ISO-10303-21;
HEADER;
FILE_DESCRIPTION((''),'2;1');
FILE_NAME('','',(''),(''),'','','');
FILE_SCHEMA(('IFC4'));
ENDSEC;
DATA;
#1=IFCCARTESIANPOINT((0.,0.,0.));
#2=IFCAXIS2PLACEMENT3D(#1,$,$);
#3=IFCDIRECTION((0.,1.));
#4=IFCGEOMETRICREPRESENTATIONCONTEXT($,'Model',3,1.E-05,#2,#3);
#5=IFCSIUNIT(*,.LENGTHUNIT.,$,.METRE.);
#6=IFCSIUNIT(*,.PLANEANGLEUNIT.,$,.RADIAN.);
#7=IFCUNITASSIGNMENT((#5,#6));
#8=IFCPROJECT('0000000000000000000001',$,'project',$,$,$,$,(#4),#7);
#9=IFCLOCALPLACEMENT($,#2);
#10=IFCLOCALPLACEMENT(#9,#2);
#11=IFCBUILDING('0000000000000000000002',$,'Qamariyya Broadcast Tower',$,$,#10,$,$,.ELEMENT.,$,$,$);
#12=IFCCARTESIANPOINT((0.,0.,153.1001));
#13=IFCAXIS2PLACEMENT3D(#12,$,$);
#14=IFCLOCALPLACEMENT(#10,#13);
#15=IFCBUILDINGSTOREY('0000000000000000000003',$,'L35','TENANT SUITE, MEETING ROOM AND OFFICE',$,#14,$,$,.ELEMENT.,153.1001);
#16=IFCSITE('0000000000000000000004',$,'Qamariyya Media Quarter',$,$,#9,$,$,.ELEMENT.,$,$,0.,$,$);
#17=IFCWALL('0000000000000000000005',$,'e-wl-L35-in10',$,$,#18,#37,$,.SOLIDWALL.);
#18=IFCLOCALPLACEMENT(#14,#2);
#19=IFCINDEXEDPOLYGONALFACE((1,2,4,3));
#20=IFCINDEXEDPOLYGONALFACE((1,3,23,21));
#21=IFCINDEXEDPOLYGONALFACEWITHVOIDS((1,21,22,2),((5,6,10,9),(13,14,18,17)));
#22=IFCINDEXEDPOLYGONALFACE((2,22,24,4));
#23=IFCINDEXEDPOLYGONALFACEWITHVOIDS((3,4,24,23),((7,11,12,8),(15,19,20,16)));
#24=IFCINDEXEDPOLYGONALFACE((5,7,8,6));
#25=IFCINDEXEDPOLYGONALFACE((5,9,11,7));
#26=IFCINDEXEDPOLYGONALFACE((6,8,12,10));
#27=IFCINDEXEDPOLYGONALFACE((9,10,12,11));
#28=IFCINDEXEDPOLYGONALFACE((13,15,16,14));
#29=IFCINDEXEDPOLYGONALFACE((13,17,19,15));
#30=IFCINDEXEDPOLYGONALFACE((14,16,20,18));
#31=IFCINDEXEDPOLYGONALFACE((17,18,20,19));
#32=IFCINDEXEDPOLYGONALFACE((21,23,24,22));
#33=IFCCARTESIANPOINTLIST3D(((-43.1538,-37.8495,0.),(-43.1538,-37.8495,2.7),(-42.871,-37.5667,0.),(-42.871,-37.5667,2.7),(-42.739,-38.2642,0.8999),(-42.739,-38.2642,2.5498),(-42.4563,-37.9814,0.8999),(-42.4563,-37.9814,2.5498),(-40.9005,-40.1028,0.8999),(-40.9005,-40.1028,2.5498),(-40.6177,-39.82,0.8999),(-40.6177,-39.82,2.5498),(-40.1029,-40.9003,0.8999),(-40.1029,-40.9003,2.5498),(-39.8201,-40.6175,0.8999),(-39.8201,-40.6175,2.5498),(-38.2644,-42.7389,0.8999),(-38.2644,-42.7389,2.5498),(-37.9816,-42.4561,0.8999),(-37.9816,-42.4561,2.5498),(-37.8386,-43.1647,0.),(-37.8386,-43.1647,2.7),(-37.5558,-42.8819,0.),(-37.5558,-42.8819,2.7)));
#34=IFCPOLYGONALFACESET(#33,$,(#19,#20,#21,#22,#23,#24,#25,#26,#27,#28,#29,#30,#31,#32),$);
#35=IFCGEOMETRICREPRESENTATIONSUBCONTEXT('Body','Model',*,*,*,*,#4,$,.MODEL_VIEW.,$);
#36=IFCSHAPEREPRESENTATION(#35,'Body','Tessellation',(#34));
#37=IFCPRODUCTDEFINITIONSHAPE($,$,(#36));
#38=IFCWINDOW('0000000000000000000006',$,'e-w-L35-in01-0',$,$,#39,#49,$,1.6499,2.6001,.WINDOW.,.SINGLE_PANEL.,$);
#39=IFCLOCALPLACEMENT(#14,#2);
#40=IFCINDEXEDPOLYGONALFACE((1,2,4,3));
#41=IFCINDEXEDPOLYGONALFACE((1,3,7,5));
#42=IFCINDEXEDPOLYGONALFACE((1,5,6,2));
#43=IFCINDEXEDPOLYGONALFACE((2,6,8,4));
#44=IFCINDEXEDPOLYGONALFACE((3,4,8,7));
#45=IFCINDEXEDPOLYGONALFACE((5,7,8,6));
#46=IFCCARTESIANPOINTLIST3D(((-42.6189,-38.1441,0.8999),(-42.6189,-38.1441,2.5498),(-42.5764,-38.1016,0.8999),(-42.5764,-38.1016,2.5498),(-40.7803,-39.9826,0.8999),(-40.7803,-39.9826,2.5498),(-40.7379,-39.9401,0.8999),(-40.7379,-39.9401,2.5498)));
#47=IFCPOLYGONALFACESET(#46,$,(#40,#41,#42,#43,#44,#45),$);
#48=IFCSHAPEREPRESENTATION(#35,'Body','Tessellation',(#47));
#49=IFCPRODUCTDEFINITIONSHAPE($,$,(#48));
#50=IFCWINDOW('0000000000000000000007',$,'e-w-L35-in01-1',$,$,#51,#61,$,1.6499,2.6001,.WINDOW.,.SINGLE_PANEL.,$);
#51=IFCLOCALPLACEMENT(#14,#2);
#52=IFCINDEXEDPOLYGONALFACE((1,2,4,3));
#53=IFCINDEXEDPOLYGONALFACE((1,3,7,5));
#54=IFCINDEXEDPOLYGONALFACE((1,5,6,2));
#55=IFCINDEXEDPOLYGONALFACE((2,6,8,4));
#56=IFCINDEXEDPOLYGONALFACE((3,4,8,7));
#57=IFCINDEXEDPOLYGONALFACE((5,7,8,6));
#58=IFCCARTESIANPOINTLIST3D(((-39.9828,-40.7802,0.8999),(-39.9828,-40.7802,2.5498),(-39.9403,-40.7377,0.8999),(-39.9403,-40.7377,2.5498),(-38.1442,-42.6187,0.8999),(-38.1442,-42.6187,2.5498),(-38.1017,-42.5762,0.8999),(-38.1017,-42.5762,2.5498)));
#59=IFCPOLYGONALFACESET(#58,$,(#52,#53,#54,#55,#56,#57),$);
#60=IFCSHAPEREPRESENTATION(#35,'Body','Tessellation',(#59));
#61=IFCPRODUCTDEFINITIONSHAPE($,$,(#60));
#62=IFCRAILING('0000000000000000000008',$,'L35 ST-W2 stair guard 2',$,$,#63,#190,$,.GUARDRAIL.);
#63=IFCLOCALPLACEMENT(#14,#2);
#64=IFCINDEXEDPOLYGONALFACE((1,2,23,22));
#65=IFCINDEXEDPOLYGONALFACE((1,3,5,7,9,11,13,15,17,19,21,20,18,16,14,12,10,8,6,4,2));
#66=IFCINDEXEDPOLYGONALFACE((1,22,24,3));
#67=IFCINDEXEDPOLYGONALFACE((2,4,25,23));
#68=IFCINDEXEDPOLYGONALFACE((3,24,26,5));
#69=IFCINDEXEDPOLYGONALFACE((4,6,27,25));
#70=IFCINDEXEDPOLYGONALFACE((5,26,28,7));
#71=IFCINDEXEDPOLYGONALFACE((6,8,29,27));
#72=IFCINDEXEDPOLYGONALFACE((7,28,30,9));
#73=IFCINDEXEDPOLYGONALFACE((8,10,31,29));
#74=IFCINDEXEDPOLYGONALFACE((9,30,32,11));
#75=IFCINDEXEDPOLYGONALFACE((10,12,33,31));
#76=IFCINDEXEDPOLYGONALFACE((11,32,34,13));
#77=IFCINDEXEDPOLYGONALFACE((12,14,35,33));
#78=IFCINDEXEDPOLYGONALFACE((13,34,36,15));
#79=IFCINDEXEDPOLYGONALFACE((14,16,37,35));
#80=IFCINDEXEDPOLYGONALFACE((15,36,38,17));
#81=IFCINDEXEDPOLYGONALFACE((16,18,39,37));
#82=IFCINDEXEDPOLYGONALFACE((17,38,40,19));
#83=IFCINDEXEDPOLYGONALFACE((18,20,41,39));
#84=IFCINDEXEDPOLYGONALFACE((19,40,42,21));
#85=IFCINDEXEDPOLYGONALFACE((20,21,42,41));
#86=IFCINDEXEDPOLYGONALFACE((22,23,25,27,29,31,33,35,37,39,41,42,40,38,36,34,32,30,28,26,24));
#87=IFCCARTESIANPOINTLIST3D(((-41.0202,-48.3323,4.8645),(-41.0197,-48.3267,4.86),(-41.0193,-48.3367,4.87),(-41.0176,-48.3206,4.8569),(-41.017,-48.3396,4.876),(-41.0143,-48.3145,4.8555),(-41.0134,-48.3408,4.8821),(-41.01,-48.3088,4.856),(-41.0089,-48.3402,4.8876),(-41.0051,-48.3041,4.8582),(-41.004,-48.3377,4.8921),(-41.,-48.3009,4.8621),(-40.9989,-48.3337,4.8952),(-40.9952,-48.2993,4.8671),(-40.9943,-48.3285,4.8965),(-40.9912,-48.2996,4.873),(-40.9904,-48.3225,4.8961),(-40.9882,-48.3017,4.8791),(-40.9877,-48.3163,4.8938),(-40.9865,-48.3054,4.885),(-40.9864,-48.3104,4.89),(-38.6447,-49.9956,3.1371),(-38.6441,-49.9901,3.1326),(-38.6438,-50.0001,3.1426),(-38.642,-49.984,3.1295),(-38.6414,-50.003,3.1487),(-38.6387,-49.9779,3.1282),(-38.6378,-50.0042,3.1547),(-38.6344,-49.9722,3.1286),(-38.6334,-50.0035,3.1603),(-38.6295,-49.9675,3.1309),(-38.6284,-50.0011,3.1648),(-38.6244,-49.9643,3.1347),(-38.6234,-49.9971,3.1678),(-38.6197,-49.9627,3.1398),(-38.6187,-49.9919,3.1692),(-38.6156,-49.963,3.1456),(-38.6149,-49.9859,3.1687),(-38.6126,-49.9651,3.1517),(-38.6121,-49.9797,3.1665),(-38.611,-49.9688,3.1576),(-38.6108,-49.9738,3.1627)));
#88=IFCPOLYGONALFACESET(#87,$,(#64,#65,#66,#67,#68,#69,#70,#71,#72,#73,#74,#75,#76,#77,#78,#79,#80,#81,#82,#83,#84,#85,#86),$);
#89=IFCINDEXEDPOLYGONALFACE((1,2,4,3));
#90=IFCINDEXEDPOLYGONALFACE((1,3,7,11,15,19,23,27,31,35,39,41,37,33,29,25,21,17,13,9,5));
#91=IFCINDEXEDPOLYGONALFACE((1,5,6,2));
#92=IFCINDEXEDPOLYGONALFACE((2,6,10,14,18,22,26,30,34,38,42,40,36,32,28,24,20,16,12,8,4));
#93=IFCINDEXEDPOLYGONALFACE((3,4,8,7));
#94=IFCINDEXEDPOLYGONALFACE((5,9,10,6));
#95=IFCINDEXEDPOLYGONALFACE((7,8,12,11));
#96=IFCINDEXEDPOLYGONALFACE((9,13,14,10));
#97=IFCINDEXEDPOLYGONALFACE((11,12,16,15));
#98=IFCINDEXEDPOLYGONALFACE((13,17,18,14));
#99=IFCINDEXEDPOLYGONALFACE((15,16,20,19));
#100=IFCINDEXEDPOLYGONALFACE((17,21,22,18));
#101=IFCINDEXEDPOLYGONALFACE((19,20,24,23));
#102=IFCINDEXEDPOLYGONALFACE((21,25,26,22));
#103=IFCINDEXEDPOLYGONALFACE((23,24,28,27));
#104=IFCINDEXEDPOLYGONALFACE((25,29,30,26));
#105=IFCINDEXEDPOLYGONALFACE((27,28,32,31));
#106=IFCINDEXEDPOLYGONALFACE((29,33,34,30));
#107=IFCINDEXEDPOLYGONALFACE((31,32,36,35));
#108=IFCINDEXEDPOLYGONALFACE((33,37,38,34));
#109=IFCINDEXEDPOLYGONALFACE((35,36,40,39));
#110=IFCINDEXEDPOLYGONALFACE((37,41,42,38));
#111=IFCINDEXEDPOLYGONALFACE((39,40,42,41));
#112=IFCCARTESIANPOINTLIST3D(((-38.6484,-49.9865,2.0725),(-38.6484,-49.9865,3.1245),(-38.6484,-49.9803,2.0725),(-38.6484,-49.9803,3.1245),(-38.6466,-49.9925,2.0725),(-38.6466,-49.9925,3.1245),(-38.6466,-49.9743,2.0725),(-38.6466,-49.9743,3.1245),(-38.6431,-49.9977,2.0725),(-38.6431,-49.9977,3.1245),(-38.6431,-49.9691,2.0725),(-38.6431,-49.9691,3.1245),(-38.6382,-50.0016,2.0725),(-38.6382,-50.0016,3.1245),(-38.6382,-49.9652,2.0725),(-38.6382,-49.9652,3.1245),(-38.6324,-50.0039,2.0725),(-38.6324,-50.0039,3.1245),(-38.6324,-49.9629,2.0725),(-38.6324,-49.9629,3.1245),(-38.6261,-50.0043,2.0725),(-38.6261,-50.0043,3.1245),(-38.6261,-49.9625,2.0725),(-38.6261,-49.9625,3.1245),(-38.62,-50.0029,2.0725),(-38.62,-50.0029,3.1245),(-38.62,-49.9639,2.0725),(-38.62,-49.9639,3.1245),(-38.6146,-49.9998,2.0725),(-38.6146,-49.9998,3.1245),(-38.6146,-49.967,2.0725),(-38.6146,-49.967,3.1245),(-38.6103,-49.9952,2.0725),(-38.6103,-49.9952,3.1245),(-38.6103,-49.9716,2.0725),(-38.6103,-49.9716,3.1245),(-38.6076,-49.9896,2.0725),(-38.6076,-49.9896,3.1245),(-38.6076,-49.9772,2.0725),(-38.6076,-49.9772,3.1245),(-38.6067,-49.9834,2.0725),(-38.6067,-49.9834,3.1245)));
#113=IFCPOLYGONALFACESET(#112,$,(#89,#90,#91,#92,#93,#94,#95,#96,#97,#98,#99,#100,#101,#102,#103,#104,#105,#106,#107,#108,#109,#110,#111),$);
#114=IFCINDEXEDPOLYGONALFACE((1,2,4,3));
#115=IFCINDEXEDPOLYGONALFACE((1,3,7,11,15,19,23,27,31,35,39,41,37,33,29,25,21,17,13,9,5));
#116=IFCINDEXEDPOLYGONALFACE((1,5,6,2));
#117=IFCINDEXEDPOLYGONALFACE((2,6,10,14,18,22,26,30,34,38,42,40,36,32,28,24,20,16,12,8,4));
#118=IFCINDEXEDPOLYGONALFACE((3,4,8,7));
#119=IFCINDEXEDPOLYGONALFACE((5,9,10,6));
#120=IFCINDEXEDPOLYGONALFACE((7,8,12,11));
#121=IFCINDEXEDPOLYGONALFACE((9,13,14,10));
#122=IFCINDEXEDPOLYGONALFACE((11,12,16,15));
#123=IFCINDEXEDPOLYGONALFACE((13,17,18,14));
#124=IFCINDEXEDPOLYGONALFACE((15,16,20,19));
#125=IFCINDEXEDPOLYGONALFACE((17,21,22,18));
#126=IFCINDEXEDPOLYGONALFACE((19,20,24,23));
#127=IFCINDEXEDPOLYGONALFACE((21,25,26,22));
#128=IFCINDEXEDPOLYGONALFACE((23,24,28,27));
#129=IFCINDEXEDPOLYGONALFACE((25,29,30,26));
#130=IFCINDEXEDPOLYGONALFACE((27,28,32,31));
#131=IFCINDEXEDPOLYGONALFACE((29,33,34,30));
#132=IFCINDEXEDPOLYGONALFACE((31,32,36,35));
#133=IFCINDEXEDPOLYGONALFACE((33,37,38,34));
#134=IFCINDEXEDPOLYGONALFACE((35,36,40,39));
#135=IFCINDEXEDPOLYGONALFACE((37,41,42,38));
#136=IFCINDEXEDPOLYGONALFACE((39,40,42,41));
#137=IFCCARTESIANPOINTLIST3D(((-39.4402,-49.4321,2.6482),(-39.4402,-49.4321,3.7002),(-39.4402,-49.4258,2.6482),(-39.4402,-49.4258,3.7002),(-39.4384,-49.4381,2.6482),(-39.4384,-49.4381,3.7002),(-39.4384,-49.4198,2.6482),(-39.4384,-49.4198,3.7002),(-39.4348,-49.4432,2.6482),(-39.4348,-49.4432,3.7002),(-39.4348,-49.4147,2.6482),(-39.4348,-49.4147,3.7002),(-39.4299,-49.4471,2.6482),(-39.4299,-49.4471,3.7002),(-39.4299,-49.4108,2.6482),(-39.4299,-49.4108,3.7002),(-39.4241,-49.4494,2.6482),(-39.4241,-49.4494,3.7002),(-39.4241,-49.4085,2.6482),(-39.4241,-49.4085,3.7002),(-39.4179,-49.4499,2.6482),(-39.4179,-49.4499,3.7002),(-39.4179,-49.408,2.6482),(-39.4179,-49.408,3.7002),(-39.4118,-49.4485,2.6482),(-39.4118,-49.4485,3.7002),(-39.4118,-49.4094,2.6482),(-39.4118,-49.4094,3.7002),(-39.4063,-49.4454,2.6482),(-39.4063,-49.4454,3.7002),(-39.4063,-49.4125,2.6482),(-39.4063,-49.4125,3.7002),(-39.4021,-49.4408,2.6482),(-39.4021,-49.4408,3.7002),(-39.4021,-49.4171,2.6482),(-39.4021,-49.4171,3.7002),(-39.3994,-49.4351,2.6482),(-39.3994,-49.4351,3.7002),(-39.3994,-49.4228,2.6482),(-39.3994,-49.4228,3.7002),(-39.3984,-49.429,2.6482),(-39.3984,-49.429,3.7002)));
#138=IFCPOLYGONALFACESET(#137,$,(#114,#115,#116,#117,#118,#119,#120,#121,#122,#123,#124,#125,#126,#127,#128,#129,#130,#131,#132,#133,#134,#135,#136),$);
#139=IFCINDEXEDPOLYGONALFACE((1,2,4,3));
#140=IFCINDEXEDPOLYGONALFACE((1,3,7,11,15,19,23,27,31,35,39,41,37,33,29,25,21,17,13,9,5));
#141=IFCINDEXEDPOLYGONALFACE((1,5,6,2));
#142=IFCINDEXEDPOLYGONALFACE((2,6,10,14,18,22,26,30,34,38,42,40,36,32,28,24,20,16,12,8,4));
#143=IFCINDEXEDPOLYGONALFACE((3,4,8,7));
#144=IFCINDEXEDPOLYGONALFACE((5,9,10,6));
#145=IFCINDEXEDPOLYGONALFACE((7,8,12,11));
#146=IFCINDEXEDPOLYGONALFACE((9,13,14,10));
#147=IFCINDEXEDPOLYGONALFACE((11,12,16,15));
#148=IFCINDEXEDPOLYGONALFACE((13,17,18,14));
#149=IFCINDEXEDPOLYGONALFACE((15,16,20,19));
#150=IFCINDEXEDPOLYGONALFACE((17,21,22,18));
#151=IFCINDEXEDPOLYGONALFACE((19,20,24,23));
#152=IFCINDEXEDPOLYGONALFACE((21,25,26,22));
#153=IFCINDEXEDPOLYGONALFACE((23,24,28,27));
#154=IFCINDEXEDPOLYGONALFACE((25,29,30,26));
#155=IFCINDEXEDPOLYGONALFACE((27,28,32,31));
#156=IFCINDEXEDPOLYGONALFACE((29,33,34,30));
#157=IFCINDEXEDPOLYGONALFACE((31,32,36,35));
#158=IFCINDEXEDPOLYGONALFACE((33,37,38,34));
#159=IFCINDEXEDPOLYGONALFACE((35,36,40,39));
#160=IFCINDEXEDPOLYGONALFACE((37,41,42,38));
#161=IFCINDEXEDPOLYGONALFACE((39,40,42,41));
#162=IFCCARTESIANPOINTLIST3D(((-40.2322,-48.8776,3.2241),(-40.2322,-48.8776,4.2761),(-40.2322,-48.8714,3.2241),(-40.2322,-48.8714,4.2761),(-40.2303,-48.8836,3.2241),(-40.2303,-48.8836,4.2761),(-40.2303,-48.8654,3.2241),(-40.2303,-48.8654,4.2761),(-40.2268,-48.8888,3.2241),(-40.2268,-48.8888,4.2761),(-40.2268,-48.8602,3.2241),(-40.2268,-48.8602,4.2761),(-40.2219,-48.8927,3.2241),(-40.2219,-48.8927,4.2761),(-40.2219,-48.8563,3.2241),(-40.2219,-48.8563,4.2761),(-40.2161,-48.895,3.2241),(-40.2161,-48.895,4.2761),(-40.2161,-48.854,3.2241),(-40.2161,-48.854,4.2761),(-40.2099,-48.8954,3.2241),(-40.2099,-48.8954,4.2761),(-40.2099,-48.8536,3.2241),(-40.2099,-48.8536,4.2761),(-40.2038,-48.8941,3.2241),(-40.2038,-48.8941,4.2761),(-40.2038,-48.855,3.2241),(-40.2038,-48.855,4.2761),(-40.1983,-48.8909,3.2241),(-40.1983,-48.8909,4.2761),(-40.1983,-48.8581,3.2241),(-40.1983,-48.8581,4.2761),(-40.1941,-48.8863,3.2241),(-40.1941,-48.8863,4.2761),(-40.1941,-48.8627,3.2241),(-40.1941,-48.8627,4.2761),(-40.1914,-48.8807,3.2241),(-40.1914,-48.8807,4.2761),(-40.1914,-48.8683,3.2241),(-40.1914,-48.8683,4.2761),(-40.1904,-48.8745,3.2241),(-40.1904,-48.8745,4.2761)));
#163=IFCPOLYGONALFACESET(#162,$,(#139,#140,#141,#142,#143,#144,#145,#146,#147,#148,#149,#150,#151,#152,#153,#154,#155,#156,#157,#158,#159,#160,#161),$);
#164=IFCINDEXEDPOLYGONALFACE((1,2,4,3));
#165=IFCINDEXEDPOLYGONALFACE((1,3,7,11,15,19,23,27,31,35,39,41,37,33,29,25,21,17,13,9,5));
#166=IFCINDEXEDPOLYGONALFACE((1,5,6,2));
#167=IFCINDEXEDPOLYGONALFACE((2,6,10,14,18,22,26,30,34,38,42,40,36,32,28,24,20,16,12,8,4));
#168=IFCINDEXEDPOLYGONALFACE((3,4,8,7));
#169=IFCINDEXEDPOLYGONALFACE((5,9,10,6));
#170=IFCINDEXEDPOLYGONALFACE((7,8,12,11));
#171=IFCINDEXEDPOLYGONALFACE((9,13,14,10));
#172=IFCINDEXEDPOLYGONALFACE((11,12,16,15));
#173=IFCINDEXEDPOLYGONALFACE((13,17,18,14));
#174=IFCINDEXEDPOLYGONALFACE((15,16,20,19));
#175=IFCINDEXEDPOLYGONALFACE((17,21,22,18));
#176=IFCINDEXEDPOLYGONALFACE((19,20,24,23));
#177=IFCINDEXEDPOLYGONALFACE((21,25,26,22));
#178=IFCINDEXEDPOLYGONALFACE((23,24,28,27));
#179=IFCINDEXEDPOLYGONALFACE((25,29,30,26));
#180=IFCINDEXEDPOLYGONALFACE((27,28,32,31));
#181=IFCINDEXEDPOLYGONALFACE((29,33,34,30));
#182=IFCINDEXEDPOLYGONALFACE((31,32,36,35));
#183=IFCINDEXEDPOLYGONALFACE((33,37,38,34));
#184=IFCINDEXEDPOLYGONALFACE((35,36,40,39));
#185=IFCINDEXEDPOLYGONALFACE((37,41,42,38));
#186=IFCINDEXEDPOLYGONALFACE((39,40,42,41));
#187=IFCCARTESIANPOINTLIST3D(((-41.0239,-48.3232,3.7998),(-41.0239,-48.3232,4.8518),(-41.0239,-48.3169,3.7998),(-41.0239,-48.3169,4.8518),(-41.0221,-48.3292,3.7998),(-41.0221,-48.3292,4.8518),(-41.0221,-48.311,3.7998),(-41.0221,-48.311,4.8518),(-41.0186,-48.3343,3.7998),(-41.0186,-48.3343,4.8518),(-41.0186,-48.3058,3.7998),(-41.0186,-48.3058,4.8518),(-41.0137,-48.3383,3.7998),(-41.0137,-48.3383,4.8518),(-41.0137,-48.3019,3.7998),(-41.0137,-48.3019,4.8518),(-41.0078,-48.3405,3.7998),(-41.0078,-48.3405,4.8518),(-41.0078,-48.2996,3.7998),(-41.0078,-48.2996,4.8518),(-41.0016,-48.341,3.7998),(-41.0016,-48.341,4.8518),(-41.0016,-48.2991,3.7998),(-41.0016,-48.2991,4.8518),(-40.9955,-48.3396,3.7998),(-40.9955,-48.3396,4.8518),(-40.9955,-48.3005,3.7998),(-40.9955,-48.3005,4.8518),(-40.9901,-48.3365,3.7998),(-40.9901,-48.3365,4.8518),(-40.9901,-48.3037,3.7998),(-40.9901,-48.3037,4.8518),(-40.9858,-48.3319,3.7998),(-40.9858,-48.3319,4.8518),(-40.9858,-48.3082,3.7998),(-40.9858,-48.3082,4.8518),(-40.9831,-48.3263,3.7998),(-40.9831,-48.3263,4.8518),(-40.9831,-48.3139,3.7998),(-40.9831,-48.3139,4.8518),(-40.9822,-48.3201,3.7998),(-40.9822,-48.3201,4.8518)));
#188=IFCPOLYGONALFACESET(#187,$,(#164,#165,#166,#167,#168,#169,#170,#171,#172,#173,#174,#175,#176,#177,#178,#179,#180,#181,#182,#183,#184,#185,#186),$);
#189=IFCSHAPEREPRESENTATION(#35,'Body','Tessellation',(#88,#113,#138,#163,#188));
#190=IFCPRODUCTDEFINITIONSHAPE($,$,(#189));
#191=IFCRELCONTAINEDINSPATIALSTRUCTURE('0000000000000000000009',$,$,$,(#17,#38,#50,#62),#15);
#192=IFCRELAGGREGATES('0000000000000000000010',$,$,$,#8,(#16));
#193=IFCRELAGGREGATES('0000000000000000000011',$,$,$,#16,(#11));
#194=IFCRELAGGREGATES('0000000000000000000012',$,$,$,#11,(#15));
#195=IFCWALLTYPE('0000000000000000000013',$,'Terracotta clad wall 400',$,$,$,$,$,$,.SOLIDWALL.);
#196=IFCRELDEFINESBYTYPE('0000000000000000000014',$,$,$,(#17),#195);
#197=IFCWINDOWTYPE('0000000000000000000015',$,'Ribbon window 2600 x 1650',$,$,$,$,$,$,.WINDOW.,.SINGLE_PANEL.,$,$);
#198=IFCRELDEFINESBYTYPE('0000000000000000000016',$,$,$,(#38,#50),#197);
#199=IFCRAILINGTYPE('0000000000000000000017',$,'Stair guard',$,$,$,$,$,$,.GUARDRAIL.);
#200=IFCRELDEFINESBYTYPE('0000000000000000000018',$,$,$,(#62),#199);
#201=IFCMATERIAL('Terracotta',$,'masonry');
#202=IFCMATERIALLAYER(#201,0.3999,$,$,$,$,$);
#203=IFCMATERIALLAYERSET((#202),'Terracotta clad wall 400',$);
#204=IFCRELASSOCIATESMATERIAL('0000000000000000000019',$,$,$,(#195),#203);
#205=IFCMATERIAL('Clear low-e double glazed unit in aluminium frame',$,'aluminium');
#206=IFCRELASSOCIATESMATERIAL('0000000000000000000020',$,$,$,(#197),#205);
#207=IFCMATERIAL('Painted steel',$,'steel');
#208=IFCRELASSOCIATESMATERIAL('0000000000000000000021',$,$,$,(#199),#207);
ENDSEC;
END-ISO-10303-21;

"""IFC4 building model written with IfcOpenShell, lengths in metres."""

from ifc_helpers import new_model, si_unit, direction, frame, frame_2d, origin, origin_2d, place, context, subcontext, project, spatial, rectangle, circle, extrude, material, layer, layer_set, type_object, element, fill, save


model = new_model("IFC4")

# Units and contexts
model_context = context("Model", 3, precision=1e-05, world=origin(), true_north=direction((0.0, 1.0)))
body_context = subcontext(model_context, "Body", "Model", "MODEL_VIEW")
ifc_project = project(units=[si_unit("LENGTHUNIT", "METRE"), si_unit("PLANEANGLEUNIT", "RADIAN")], contexts=[model_context])

# Site, building, storey
site_placement = place(None, origin())
site = spatial("IfcSite", under=ifc_project, at=site_placement, Name="Qamariyya Media Quarter", CompositionType="ELEMENT", RefElevation=0.0)
building_placement = place(site_placement, origin())
building = spatial("IfcBuilding", under=site, at=building_placement, Name="Qamariyya Broadcast Tower", CompositionType="ELEMENT")
storey_placement = place(building_placement, frame((0.0, 0.0, 153.1001)))
storey = spatial("IfcBuildingStorey", under=building, at=storey_placement, Name="L35", Description="TENANT SUITE, MEETING ROOM AND OFFICE", CompositionType="ELEMENT", Elevation=153.1001)

# Wall, openings, windows
ifc_material_1 = material(Name="Terracotta", Category="masonry")
ifc_layer_1 = layer(ifc_material_1, 0.3999)
ifc_layer_set_1 = layer_set([ifc_layer_1], Name="Terracotta clad wall 400")
wall_type_1 = type_object("IfcWallType", Name="Terracotta clad wall 400", PredefinedType="SOLIDWALL", material=ifc_layer_set_1)
wall_1_placement = place(storey_placement, frame((-37.6973, -43.0232, 0.0), z_axis=(0.0, 0.0, 1.0), x_axis=(-0.707107, 0.707107, 0.0)))
wall_1 = element("IfcWall", 1, at=wall_1_placement, inside=storey, type_object=wall_type_1, Name="e-wl-L35-in10", PredefinedType="SOLIDWALL", context=body_context, shape_type="SweptSolid", body=[
    extrude(rectangle(XDim=7.5168, YDim=0.3999, at=frame_2d((3.7583, 0.0))), origin(), (0.0, 0.0, 1.0), 2.7),
])
opening_1_placement = place(wall_1_placement, frame((4.3301, 0.0, 0.8999)))
opening_1 = element("IfcOpeningElement", 2, at=opening_1_placement, cuts=wall_1, PredefinedType="OPENING", context=body_context, shape_type="SweptSolid", body=[
    extrude(rectangle(XDim=2.6001, YDim=1.6499, at=frame_2d((1.3, 0.825))), frame((0.0, 0.21, 0.0), z_axis=(0.0, -1.0, 0.0), x_axis=(1.0, 0.0, 0.0)), (0.0, 0.0, 1.0), 0.4199),
])
opening_2_placement = place(wall_1_placement, frame((0.6021, 0.0, 0.8999)))
opening_2 = element("IfcOpeningElement", 3, at=opening_2_placement, cuts=wall_1, PredefinedType="OPENING", context=body_context, shape_type="SweptSolid", body=[
    extrude(rectangle(XDim=2.6001, YDim=1.6499, at=frame_2d((1.3, 0.825))), frame((0.0, 0.21, 0.0), z_axis=(0.0, -1.0, 0.0), x_axis=(1.0, 0.0, 0.0)), (0.0, 0.0, 1.0), 0.4199),
])
ifc_material_2 = material(Name="Clear low-e double glazed unit in aluminium frame", Category="aluminium")
window_type = type_object("IfcWindowType", Name="Ribbon window 2600 x 1650", PartitioningType="SINGLE_PANEL", PredefinedType="WINDOW", material=ifc_material_2)
window_1_placement = place(opening_1_placement, origin())
window_1 = element("IfcWindow", 4, at=window_1_placement, inside=storey, type_object=window_type, Name="e-w-L35-in01-0", OverallHeight=1.6499, OverallWidth=2.6001, PartitioningType="SINGLE_PANEL", PredefinedType="WINDOW", context=body_context, shape_type="SweptSolid", body=[
    extrude(rectangle(XDim=2.6001, YDim=1.6499, at=frame_2d((1.3, 0.825))), frame((0.0, 0.03, 0.0), z_axis=(0.0, -1.0, 0.0), x_axis=(1.0, 0.0, 0.0)), (0.0, 0.0, 1.0), 0.0601),
])
fill(opening_1, window_1)
window_2_placement = place(opening_2_placement, origin())
window_2 = element("IfcWindow", 5, at=window_2_placement, inside=storey, type_object=window_type, Name="e-w-L35-in01-1", OverallHeight=1.6499, OverallWidth=2.6001, PartitioningType="SINGLE_PANEL", PredefinedType="WINDOW", context=body_context, shape_type="SweptSolid", body=[
    extrude(rectangle(XDim=2.6001, YDim=1.6499, at=frame_2d((1.3, 0.825))), frame((0.0, 0.03, 0.0), z_axis=(0.0, -1.0, 0.0), x_axis=(1.0, 0.0, 0.0)), (0.0, 0.0, 1.0), 0.0601),
])
fill(opening_2, window_2)

# Railing
ifc_material_3 = material(Name="Painted steel", Category="steel")
railing_type_1 = type_object("IfcRailingType", Name="Stair guard", PredefinedType="GUARDRAIL", material=ifc_material_3)
railing_1_placement = place(storey_placement, frame((-38.6277, -49.9834, 2.0725)))
element("IfcRailing", 6, at=railing_1_placement, inside=storey, type_object=railing_type_1, Name="L35 ST-W2 stair guard 2", PredefinedType="GUARDRAIL", context=body_context, shape_type="SweptSolid", body=[
    extrude(circle(Radius=0.0239, at=origin_2d()), frame((0.0, 0.0, 1.0762), z_axis=(-0.70377, 0.492784, 0.511734), x_axis=(-0.573575, -0.819153, 0.0)), (0.0, 0.0, 1.0), 3.3755),
    extrude(circle(Radius=0.021, at=origin_2d()), origin(), (0.0, 0.0, 1.0), 1.052),
    extrude(circle(Radius=0.021, at=origin_2d()), frame((-0.7917, 0.5544, 0.5757)), (0.0, 0.0, 1.0), 1.052),
    extrude(circle(Radius=0.021, at=origin_2d()), frame((-1.5837, 1.1089, 1.1516)), (0.0, 0.0, 1.0), 1.052),
    extrude(circle(Radius=0.021, at=origin_2d()), frame((-2.3755, 1.6633, 1.7273)), (0.0, 0.0, 1.0), 1.052),
])

save(model, "model.ifc")
